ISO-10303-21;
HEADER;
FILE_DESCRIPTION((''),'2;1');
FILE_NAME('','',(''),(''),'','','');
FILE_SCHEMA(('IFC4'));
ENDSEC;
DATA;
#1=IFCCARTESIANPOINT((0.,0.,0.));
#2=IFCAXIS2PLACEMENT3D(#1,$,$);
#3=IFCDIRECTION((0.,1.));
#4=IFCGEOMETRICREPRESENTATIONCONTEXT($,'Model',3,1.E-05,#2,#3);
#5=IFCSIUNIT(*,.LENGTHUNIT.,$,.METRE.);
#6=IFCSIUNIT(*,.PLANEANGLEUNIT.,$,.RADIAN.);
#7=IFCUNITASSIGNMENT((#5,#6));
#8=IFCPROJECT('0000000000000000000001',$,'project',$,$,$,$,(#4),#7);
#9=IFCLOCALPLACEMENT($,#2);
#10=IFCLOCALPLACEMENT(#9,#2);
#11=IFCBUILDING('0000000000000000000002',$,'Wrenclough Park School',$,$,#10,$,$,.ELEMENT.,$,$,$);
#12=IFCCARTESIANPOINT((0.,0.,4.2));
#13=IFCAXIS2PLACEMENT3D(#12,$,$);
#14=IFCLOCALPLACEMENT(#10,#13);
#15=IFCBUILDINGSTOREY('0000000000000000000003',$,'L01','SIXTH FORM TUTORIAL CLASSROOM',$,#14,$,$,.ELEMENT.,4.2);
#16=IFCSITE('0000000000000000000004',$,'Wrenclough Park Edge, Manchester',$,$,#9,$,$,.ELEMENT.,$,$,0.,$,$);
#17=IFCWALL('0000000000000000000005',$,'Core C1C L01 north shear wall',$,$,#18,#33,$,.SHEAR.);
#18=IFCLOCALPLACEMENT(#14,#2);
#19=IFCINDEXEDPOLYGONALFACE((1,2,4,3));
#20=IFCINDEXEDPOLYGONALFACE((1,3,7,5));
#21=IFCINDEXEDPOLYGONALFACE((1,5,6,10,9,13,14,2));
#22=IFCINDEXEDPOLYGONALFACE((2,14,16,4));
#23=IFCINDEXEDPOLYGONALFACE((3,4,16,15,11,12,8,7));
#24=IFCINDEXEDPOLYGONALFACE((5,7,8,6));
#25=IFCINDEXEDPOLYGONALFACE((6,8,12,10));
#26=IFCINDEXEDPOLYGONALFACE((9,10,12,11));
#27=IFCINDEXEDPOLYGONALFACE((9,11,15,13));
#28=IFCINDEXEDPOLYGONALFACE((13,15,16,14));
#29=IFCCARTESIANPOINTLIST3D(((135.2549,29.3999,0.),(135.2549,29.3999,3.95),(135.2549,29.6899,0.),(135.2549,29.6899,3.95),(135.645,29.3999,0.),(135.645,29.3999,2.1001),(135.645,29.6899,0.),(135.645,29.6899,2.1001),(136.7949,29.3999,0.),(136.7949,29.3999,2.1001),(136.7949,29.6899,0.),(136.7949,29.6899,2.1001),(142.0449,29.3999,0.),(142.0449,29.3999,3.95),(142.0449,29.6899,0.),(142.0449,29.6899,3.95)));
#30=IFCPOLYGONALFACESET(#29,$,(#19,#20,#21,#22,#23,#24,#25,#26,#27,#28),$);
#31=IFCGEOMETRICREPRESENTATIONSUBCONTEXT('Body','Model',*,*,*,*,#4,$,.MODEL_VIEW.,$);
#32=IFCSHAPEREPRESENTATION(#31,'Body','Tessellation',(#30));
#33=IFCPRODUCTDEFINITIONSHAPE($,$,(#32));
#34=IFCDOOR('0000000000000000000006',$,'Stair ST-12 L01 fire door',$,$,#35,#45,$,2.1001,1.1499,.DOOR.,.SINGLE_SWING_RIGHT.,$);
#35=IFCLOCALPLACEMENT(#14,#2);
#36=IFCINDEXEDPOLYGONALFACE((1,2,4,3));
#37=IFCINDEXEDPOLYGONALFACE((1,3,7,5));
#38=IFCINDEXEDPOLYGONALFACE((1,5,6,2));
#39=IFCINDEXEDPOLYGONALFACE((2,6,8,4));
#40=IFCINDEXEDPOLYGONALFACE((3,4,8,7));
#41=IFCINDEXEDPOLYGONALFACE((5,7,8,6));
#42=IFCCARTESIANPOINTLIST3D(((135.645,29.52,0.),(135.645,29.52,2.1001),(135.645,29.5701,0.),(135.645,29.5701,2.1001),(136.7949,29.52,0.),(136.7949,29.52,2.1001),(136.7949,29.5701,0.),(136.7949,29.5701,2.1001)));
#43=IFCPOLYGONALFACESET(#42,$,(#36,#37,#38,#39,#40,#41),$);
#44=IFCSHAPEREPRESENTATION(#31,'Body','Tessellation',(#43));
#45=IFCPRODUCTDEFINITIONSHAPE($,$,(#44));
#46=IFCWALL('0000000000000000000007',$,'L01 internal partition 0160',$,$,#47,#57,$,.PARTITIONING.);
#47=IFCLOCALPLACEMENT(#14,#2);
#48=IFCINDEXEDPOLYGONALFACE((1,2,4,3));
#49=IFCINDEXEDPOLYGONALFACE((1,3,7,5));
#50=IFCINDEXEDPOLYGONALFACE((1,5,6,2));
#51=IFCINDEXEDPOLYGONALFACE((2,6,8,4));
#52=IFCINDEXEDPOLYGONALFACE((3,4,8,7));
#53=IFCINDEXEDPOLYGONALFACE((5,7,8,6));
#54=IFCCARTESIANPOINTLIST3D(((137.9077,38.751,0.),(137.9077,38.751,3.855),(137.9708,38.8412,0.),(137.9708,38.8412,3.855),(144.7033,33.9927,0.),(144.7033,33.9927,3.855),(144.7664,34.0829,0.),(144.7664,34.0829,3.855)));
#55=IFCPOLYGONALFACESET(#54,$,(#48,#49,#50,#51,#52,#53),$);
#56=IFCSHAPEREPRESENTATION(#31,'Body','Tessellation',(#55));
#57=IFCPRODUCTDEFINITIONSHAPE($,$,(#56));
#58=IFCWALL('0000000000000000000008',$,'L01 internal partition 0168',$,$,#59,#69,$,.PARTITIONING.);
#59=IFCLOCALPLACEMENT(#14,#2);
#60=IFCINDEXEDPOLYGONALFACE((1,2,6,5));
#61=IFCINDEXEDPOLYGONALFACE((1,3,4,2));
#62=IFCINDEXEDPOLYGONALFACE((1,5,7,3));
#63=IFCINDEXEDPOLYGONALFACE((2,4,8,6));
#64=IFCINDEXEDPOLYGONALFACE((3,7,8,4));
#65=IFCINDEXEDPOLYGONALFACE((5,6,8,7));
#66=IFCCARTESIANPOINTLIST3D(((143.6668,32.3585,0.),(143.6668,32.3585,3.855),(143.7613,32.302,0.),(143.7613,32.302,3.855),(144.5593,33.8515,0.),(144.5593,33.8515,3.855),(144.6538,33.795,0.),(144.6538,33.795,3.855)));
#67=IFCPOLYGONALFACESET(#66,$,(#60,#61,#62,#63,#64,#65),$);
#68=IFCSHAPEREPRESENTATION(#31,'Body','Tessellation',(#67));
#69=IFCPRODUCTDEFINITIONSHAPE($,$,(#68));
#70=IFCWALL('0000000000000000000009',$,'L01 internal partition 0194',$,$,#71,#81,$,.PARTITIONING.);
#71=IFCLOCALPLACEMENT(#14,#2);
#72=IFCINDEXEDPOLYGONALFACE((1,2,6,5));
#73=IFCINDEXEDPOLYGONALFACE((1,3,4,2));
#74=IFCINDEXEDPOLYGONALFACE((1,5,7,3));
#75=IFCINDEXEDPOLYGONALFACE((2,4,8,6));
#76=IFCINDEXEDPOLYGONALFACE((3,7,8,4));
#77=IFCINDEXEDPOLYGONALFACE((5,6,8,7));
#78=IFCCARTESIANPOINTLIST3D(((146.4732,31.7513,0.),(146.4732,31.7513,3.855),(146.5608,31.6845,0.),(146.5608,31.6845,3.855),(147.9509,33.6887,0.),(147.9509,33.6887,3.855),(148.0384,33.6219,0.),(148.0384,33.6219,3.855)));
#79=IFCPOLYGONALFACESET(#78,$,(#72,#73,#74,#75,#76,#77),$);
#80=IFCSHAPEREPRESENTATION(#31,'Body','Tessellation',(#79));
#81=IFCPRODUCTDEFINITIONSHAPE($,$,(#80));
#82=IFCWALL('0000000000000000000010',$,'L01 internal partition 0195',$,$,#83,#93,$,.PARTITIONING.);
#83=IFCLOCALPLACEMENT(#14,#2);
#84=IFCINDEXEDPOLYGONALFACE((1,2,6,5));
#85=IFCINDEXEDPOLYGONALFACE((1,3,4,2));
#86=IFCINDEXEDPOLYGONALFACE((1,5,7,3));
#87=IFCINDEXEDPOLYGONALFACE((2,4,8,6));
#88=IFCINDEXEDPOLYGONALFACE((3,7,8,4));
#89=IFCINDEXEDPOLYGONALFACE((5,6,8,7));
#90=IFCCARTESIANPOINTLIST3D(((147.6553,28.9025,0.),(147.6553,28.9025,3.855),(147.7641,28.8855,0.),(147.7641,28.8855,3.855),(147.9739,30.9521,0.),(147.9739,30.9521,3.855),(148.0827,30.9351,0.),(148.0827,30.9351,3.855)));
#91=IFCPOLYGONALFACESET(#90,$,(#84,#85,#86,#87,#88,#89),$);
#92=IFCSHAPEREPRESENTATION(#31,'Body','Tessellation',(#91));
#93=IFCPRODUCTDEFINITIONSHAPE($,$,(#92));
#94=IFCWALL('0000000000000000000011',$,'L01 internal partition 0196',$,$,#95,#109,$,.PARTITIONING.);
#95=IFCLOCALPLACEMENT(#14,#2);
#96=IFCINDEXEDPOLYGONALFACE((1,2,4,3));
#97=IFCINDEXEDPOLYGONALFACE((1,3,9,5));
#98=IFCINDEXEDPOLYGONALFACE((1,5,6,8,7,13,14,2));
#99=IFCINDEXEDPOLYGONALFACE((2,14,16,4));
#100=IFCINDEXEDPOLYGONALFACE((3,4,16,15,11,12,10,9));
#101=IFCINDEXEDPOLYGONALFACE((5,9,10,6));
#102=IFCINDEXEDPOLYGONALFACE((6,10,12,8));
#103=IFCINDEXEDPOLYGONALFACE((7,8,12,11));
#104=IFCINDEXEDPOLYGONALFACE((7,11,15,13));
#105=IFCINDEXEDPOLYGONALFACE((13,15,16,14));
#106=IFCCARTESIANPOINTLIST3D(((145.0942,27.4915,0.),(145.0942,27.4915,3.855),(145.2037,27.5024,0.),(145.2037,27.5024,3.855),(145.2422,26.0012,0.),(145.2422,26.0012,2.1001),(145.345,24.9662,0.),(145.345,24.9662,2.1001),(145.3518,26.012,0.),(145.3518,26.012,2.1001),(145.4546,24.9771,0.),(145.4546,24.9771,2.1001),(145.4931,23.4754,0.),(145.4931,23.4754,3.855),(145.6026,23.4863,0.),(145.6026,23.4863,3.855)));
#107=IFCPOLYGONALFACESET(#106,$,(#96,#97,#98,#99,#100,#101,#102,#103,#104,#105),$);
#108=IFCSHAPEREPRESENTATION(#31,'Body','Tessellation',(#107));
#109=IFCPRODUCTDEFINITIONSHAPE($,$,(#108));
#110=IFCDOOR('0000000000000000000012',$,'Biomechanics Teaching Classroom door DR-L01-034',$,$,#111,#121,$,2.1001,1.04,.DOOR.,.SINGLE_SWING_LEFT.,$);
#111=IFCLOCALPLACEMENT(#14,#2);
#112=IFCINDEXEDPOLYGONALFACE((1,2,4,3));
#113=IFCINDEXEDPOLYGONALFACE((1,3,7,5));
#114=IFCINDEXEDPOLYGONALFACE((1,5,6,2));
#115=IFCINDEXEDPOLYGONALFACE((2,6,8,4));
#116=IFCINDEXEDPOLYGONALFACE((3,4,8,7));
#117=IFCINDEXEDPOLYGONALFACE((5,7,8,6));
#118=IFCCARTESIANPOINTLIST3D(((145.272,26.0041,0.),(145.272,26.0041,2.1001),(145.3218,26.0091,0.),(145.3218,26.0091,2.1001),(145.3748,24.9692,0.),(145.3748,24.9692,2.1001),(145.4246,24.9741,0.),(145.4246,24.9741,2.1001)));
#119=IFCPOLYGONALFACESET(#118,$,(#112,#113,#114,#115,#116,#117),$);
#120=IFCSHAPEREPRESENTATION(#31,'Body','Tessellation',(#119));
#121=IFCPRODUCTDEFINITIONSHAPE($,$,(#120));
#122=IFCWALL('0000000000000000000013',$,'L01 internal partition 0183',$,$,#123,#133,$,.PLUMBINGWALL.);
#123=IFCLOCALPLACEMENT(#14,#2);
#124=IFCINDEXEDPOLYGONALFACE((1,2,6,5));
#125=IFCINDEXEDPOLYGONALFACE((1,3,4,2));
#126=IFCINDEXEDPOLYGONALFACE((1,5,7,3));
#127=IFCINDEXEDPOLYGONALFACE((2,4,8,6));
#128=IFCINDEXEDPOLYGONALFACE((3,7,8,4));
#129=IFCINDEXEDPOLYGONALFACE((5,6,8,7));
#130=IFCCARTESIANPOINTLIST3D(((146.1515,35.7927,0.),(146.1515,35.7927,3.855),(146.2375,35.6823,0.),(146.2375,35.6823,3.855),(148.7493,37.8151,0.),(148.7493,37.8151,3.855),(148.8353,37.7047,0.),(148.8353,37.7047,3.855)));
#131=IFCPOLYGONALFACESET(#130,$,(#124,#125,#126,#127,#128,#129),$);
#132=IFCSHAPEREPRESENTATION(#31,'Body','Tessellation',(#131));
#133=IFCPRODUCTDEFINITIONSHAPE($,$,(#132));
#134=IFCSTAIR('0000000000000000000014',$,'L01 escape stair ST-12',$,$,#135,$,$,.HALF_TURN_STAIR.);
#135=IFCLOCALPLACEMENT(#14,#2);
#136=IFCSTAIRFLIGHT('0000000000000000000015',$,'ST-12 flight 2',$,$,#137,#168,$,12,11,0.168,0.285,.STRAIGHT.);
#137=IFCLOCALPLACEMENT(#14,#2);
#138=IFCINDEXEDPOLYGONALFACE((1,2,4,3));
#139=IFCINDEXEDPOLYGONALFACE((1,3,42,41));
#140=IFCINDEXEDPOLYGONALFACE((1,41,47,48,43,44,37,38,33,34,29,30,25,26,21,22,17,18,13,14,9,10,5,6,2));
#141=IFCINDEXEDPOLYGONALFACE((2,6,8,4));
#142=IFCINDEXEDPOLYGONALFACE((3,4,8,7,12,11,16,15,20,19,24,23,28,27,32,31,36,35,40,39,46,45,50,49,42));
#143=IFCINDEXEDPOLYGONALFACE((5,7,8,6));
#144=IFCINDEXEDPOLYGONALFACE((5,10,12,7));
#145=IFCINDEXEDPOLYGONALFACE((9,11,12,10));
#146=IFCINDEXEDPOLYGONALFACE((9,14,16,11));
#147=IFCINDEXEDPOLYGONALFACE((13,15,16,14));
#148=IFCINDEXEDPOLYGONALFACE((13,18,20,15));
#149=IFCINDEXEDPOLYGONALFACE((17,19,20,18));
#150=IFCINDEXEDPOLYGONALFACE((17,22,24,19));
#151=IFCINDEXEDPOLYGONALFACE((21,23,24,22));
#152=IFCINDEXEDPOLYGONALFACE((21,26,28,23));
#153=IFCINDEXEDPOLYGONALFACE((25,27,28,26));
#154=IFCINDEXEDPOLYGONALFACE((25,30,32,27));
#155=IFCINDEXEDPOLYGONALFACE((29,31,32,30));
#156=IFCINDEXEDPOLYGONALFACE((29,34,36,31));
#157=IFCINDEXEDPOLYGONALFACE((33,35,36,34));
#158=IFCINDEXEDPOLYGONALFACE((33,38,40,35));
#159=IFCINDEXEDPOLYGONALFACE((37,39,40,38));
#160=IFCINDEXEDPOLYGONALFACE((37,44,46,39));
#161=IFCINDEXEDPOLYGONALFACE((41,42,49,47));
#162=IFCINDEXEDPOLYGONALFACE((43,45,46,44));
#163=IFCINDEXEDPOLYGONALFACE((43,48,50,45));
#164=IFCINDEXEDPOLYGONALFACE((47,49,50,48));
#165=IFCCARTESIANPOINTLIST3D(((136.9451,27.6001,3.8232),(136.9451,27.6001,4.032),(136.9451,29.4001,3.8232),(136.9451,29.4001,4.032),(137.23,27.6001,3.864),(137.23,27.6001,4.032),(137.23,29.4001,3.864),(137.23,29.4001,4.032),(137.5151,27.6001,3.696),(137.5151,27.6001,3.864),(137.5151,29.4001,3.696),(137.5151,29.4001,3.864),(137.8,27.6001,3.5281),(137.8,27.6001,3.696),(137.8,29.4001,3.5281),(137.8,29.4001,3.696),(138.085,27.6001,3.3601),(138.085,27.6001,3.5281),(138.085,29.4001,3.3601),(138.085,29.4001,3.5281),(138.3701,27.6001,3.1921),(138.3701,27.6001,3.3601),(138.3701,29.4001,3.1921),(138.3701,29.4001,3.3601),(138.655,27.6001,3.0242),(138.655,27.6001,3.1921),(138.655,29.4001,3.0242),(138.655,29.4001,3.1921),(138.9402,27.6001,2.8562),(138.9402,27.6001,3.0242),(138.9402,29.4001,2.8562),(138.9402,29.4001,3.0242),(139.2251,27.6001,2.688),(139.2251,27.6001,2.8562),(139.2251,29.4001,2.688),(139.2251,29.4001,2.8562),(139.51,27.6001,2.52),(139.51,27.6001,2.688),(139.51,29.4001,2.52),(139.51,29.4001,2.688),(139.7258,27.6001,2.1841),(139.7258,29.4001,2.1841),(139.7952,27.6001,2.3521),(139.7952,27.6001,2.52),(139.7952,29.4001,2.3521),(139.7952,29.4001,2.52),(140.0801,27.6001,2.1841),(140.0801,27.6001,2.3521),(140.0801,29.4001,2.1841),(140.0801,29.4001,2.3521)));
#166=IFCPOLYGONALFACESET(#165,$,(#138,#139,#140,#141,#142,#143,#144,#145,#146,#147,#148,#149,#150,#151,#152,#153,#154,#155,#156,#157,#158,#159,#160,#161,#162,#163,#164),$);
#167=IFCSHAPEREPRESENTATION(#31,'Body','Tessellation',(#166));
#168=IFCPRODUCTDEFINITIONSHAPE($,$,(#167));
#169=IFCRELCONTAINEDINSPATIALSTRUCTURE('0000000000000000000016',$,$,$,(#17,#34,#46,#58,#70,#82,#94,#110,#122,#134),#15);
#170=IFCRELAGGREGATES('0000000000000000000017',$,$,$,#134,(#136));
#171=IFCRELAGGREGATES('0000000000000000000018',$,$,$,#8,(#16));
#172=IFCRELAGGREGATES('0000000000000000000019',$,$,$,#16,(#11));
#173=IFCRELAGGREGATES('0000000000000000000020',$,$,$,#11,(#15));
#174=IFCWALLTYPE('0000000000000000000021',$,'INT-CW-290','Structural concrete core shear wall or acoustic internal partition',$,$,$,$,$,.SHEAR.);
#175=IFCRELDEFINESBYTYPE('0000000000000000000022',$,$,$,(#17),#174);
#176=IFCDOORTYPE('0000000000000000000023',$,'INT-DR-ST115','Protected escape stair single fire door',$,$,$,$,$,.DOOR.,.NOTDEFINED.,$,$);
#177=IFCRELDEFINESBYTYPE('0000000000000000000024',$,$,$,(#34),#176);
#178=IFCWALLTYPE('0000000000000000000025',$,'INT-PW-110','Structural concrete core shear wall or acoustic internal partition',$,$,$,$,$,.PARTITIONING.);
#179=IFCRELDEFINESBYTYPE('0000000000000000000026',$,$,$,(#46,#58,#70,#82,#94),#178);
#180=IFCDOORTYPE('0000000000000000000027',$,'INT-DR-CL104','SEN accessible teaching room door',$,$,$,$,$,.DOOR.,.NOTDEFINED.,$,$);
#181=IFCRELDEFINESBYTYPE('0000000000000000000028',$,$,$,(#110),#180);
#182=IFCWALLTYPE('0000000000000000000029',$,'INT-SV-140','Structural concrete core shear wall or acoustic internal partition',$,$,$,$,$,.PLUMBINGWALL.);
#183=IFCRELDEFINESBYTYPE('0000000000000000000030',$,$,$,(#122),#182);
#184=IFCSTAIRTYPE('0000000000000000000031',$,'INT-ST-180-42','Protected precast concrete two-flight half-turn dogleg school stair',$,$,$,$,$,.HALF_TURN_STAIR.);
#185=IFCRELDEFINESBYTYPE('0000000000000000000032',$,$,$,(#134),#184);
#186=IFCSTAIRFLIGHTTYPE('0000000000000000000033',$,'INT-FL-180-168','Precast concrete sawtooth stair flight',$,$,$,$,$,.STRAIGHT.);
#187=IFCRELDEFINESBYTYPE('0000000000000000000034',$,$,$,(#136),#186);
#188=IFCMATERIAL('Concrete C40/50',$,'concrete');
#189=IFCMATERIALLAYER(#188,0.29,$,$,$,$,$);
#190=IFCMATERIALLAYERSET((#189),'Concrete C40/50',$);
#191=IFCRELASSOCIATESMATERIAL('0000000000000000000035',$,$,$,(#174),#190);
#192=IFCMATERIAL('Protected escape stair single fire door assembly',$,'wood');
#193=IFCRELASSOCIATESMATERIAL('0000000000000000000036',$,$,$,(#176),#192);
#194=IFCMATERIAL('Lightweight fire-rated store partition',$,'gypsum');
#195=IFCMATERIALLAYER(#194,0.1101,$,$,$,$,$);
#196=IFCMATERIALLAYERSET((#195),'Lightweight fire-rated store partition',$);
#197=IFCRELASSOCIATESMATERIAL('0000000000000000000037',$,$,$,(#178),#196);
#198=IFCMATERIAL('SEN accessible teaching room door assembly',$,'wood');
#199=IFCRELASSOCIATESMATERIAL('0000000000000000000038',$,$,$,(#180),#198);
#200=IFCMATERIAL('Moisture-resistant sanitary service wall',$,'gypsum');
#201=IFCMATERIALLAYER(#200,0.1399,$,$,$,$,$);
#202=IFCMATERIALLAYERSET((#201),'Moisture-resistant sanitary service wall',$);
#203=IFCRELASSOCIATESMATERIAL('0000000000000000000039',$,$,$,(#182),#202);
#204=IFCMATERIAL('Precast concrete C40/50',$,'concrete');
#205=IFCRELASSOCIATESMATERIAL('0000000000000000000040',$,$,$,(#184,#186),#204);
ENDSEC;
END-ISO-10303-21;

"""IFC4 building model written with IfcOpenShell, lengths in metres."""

from ifc_helpers import new_model, si_unit, direction, frame, frame_2d, origin, place, context, subcontext, project, spatial, polyline, rectangle, outline, extrude, material, layer, layer_set, type_object, element, fill, aggregate, save


model = new_model("IFC4")

# Units and contexts
model_context = context("Model", 3, precision=1e-05, world=origin(), true_north=direction((0.0, 1.0)))
body_context = subcontext(model_context, "Body", "Model", "MODEL_VIEW")
ifc_project = project(units=[si_unit("LENGTHUNIT", "METRE"), si_unit("PLANEANGLEUNIT", "RADIAN")], contexts=[model_context])

# Site, building, storey
site_placement = place(None, origin())
site = spatial("IfcSite", under=ifc_project, at=site_placement, Name="Wrenclough Park Edge, Manchester", CompositionType="ELEMENT", RefElevation=0.0)
building_placement = place(site_placement, origin())
building = spatial("IfcBuilding", under=site, at=building_placement, Name="Wrenclough Park School", CompositionType="ELEMENT")
storey_placement = place(building_placement, frame((0.0, 0.0, 4.2)))
storey = spatial("IfcBuildingStorey", under=building, at=storey_placement, Name="L01", Description="SIXTH FORM TUTORIAL CLASSROOM", CompositionType="ELEMENT", Elevation=4.2)

# Wall, opening, door
ifc_material_1 = material(Name="Concrete C40/50", Category="concrete")
ifc_layer_1 = layer(ifc_material_1, 0.29)
ifc_layer_set_1 = layer_set([ifc_layer_1], Name="Concrete C40/50")
wall_type_1 = type_object("IfcWallType", Name="INT-CW-290", Description="Structural concrete core shear wall or acoustic internal partition", PredefinedType="SHEAR", material=ifc_layer_set_1)
wall_1_placement = place(storey_placement, frame((142.0449, 29.5449, 0.0), z_axis=(0.0, 0.0, 1.0), x_axis=(-1.0, 0.0, 0.0)))
wall_1 = element("IfcWall", 1, at=wall_1_placement, inside=storey, type_object=wall_type_1, Name="Core C1C L01 north shear wall", PredefinedType="SHEAR", context=body_context, shape_type="SweptSolid", body=[
    extrude(rectangle(XDim=6.79, YDim=0.29, at=frame_2d((3.395, 0.0))), origin(), (0.0, 0.0, 1.0), 3.95),
])
opening_1_placement = place(wall_1_placement, frame((5.25, 0.0, 0.0)))
opening_1 = element("IfcOpeningElement", 2, at=opening_1_placement, cuts=wall_1, PredefinedType="OPENING", context=body_context, shape_type="SweptSolid", body=[
    extrude(rectangle(XDim=1.1499, YDim=2.1001, at=frame_2d((0.575, 1.05))), frame((0.0, 0.155, 0.0), z_axis=(0.0, -1.0, 0.0), x_axis=(1.0, 0.0, 0.0)), (0.0, 0.0, 1.0), 0.3101),
])
ifc_material_2 = material(Name="Protected escape stair single fire door assembly", Category="wood")
door_type_1 = type_object("IfcDoorType", Name="INT-DR-ST115", Description="Protected escape stair single fire door", OperationType="NOTDEFINED", PredefinedType="DOOR", material=ifc_material_2)
door_1_placement = place(opening_1_placement, origin())
door_1 = element("IfcDoor", 3, at=door_1_placement, inside=storey, type_object=door_type_1, Name="Stair ST-12 L01 fire door", OperationType="SINGLE_SWING_RIGHT", OverallHeight=2.1001, OverallWidth=1.1499, PredefinedType="DOOR", context=body_context, shape_type="SweptSolid", body=[
    extrude(rectangle(XDim=1.1499, YDim=2.1001, at=frame_2d((0.575, 1.05))), frame((0.0, 0.0249, 0.0), z_axis=(0.0, -1.0, 0.0), x_axis=(1.0, 0.0, 0.0)), (0.0, 0.0, 1.0), 0.05),
])
fill(opening_1, door_1)

# Walls
ifc_material_3 = material(Name="Lightweight fire-rated store partition", Category="gypsum")
ifc_layer_2 = layer(ifc_material_3, 0.1101)
ifc_layer_set_2 = layer_set([ifc_layer_2], Name="Lightweight fire-rated store partition")
wall_type_2 = type_object("IfcWallType", Name="INT-PW-110", Description="Structural concrete core shear wall or acoustic internal partition", PredefinedType="PARTITIONING", material=ifc_layer_set_2)
wall_2_placement = place(storey_placement, frame((144.7349, 34.0378, 0.0), z_axis=(0.0, 0.0, 1.0), x_axis=(-0.819156, 0.573571, 0.0)))
element("IfcWall", 4, at=wall_2_placement, inside=storey, type_object=wall_type_2, Name="L01 internal partition 0160", PredefinedType="PARTITIONING", context=body_context, shape_type="SweptSolid", body=[
    extrude(rectangle(XDim=8.2959, YDim=0.1101, at=frame_2d((4.1479, 0.0))), origin(), (0.0, 0.0, 1.0), 3.855),
])
wall_3_placement = place(storey_placement, frame((143.7141, 32.3303, 0.0), z_axis=(0.0, 0.0, 1.0), x_axis=(0.513092, 0.858334, 0.0)))
element("IfcWall", 5, at=wall_3_placement, inside=storey, type_object=wall_type_2, Name="L01 internal partition 0168", PredefinedType="PARTITIONING", context=body_context, shape_type="SweptSolid", body=[
    extrude(rectangle(XDim=1.7395, YDim=0.1101, at=frame_2d((0.8696, 0.0))), origin(), (0.0, 0.0, 1.0), 3.855),
])
wall_4_placement = place(storey_placement, frame((147.9946, 33.6553, 0.0), z_axis=(0.0, 0.0, 1.0), x_axis=(-0.606442, -0.795128, 0.0)))
element("IfcWall", 6, at=wall_4_placement, inside=storey, type_object=wall_type_2, Name="L01 internal partition 0194", PredefinedType="PARTITIONING", context=body_context, shape_type="SweptSolid", body=[
    extrude(rectangle(XDim=2.4365, YDim=0.1101, at=frame_2d((1.2183, 0.0))), origin(), (0.0, 0.0, 1.0), 3.855),
])
wall_5_placement = place(storey_placement, frame((148.0283, 30.9436, 0.0), z_axis=(0.0, 0.0, 1.0), x_axis=(-0.153605, -0.988132, 0.0)))
element("IfcWall", 7, at=wall_5_placement, inside=storey, type_object=wall_type_2, Name="L01 internal partition 0195", PredefinedType="PARTITIONING", context=body_context, shape_type="SweptSolid", body=[
    extrude(rectangle(XDim=2.0742, YDim=0.1101, at=frame_2d((1.0371, 0.0))), origin(), (0.0, 0.0, 1.0), 3.855),
])

# Wall, opening, door
wall_6_placement = place(storey_placement, frame((145.1489, 27.4971, 0.0), z_axis=(0.0, 0.0, 1.0), x_axis=(0.098845, -0.995103, 0.0)))
wall_6 = element("IfcWall", 8, at=wall_6_placement, inside=storey, type_object=wall_type_2, Name="L01 internal partition 0196", PredefinedType="PARTITIONING", context=body_context, shape_type="SweptSolid", body=[
    extrude(rectangle(XDim=4.0359, YDim=0.1101, at=frame_2d((2.0181, 0.0))), origin(), (0.0, 0.0, 1.0), 3.855),
])
opening_2_placement = place(wall_6_placement, frame((1.4978, 0.0, 0.0)))
opening_2 = element("IfcOpeningElement", 9, at=opening_2_placement, cuts=wall_6, PredefinedType="OPENING", context=body_context, shape_type="SweptSolid", body=[
    extrude(rectangle(XDim=1.04, YDim=2.1001, at=frame_2d((0.52, 1.05))), frame((0.0, 0.0649, 0.0), z_axis=(0.0, -1.0, 0.0), x_axis=(1.0, 0.0, 0.0)), (0.0, 0.0, 1.0), 0.1301),
])
ifc_material_4 = material(Name="SEN accessible teaching room door assembly", Category="wood")
door_type_2 = type_object("IfcDoorType", Name="INT-DR-CL104", Description="SEN accessible teaching room door", OperationType="NOTDEFINED", PredefinedType="DOOR", material=ifc_material_4)
door_2_placement = place(opening_2_placement, origin())
door_2 = element("IfcDoor", 10, at=door_2_placement, inside=storey, type_object=door_type_2, Name="Biomechanics Teaching Classroom door DR-L01-034", OperationType="SINGLE_SWING_LEFT", OverallHeight=2.1001, OverallWidth=1.04, PredefinedType="DOOR", context=body_context, shape_type="SweptSolid", body=[
    extrude(rectangle(XDim=1.04, YDim=2.1001, at=frame_2d((0.52, 1.05))), frame((0.0, 0.0249, 0.0), z_axis=(0.0, -1.0, 0.0), x_axis=(1.0, 0.0, 0.0)), (0.0, 0.0, 1.0), 0.05),
])
fill(opening_2, door_2)

# Wall
ifc_material_5 = material(Name="Moisture-resistant sanitary service wall", Category="gypsum")
ifc_layer_3 = layer(ifc_material_5, 0.1399)
ifc_layer_set_3 = layer_set([ifc_layer_3], Name="Moisture-resistant sanitary service wall")
wall_type_3 = type_object("IfcWallType", Name="INT-SV-140", Description="Structural concrete core shear wall or acoustic internal partition", PredefinedType="PLUMBINGWALL", material=ifc_layer_set_3)
wall_7_placement = place(storey_placement, frame((146.1946, 35.7375, 0.0), z_axis=(0.0, 0.0, 1.0), x_axis=(0.789077, 0.614295, 0.0)))
element("IfcWall", 11, at=wall_7_placement, inside=storey, type_object=wall_type_3, Name="L01 internal partition 0183", PredefinedType="PLUMBINGWALL", context=body_context, shape_type="SweptSolid", body=[
    extrude(rectangle(XDim=3.2922, YDim=0.1399, at=frame_2d((1.646, 0.0))), origin(), (0.0, 0.0, 1.0), 3.855),
])

# Stair, stair flight
ifc_material_6 = material(Name="Precast concrete C40/50", Category="concrete")
stair_type = type_object("IfcStairType", Name="INT-ST-180-42", Description="Protected precast concrete two-flight half-turn dogleg school stair", PredefinedType="HALF_TURN_STAIR", material=ifc_material_6)
stair_placement = place(storey_placement, origin())
stair = element("IfcStair", 12, at=stair_placement, inside=storey, type_object=stair_type, Name="L01 escape stair ST-12", PredefinedType="HALF_TURN_STAIR")
stair_flight_type = type_object("IfcStairFlightType", Name="INT-FL-180-168", Description="Precast concrete sawtooth stair flight", PredefinedType="STRAIGHT", material=ifc_material_6)
stair_flight_placement = place(storey_placement, frame((140.0801, 28.5, 2.1841), z_axis=(0.0, 0.0, 1.0), x_axis=(-1.0, 0.0, 0.0)))
stair_flight = element("IfcStairFlight", 13, at=stair_flight_placement, type_object=stair_flight_type, Name="ST-12 flight 2", NumberOfRisers=12, NumberOfTreads=11, PredefinedType="STRAIGHT", RiserHeight=0.168, TreadLength=0.285, context=body_context, shape_type="SweptSolid", body=[
    extrude(outline(polyline([(0.0, 0.0), (0.0, 0.168), (0.2849, 0.168), (0.2849, 0.3359), (0.5701, 0.3359), (0.5701, 0.5039), (0.855, 0.5039), (0.855, 0.6721), (1.1399, 0.6721), (1.1399, 0.8401), (1.425, 0.8401), (1.425, 1.0081), (1.71, 1.0081), (1.71, 1.176), (1.9951, 1.176), (1.9951, 1.344), (2.28, 1.344), (2.28, 1.512), (2.5649, 1.512), (2.5649, 1.6799), (2.8501, 1.6799), (2.8501, 1.8479), (3.135, 1.8479), (3.135, 2.0161), (3.135, 1.6392), (0.3542, 0.0), (0.0, 0.0)])), frame((0.0, 0.8999, 0.0), z_axis=(0.0, -1.0, 0.0), x_axis=(1.0, 0.0, 0.0)), (0.0, 0.0, 1.0), 1.8),
])
aggregate(stair, [stair_flight])

save(model, "model.ifc")
